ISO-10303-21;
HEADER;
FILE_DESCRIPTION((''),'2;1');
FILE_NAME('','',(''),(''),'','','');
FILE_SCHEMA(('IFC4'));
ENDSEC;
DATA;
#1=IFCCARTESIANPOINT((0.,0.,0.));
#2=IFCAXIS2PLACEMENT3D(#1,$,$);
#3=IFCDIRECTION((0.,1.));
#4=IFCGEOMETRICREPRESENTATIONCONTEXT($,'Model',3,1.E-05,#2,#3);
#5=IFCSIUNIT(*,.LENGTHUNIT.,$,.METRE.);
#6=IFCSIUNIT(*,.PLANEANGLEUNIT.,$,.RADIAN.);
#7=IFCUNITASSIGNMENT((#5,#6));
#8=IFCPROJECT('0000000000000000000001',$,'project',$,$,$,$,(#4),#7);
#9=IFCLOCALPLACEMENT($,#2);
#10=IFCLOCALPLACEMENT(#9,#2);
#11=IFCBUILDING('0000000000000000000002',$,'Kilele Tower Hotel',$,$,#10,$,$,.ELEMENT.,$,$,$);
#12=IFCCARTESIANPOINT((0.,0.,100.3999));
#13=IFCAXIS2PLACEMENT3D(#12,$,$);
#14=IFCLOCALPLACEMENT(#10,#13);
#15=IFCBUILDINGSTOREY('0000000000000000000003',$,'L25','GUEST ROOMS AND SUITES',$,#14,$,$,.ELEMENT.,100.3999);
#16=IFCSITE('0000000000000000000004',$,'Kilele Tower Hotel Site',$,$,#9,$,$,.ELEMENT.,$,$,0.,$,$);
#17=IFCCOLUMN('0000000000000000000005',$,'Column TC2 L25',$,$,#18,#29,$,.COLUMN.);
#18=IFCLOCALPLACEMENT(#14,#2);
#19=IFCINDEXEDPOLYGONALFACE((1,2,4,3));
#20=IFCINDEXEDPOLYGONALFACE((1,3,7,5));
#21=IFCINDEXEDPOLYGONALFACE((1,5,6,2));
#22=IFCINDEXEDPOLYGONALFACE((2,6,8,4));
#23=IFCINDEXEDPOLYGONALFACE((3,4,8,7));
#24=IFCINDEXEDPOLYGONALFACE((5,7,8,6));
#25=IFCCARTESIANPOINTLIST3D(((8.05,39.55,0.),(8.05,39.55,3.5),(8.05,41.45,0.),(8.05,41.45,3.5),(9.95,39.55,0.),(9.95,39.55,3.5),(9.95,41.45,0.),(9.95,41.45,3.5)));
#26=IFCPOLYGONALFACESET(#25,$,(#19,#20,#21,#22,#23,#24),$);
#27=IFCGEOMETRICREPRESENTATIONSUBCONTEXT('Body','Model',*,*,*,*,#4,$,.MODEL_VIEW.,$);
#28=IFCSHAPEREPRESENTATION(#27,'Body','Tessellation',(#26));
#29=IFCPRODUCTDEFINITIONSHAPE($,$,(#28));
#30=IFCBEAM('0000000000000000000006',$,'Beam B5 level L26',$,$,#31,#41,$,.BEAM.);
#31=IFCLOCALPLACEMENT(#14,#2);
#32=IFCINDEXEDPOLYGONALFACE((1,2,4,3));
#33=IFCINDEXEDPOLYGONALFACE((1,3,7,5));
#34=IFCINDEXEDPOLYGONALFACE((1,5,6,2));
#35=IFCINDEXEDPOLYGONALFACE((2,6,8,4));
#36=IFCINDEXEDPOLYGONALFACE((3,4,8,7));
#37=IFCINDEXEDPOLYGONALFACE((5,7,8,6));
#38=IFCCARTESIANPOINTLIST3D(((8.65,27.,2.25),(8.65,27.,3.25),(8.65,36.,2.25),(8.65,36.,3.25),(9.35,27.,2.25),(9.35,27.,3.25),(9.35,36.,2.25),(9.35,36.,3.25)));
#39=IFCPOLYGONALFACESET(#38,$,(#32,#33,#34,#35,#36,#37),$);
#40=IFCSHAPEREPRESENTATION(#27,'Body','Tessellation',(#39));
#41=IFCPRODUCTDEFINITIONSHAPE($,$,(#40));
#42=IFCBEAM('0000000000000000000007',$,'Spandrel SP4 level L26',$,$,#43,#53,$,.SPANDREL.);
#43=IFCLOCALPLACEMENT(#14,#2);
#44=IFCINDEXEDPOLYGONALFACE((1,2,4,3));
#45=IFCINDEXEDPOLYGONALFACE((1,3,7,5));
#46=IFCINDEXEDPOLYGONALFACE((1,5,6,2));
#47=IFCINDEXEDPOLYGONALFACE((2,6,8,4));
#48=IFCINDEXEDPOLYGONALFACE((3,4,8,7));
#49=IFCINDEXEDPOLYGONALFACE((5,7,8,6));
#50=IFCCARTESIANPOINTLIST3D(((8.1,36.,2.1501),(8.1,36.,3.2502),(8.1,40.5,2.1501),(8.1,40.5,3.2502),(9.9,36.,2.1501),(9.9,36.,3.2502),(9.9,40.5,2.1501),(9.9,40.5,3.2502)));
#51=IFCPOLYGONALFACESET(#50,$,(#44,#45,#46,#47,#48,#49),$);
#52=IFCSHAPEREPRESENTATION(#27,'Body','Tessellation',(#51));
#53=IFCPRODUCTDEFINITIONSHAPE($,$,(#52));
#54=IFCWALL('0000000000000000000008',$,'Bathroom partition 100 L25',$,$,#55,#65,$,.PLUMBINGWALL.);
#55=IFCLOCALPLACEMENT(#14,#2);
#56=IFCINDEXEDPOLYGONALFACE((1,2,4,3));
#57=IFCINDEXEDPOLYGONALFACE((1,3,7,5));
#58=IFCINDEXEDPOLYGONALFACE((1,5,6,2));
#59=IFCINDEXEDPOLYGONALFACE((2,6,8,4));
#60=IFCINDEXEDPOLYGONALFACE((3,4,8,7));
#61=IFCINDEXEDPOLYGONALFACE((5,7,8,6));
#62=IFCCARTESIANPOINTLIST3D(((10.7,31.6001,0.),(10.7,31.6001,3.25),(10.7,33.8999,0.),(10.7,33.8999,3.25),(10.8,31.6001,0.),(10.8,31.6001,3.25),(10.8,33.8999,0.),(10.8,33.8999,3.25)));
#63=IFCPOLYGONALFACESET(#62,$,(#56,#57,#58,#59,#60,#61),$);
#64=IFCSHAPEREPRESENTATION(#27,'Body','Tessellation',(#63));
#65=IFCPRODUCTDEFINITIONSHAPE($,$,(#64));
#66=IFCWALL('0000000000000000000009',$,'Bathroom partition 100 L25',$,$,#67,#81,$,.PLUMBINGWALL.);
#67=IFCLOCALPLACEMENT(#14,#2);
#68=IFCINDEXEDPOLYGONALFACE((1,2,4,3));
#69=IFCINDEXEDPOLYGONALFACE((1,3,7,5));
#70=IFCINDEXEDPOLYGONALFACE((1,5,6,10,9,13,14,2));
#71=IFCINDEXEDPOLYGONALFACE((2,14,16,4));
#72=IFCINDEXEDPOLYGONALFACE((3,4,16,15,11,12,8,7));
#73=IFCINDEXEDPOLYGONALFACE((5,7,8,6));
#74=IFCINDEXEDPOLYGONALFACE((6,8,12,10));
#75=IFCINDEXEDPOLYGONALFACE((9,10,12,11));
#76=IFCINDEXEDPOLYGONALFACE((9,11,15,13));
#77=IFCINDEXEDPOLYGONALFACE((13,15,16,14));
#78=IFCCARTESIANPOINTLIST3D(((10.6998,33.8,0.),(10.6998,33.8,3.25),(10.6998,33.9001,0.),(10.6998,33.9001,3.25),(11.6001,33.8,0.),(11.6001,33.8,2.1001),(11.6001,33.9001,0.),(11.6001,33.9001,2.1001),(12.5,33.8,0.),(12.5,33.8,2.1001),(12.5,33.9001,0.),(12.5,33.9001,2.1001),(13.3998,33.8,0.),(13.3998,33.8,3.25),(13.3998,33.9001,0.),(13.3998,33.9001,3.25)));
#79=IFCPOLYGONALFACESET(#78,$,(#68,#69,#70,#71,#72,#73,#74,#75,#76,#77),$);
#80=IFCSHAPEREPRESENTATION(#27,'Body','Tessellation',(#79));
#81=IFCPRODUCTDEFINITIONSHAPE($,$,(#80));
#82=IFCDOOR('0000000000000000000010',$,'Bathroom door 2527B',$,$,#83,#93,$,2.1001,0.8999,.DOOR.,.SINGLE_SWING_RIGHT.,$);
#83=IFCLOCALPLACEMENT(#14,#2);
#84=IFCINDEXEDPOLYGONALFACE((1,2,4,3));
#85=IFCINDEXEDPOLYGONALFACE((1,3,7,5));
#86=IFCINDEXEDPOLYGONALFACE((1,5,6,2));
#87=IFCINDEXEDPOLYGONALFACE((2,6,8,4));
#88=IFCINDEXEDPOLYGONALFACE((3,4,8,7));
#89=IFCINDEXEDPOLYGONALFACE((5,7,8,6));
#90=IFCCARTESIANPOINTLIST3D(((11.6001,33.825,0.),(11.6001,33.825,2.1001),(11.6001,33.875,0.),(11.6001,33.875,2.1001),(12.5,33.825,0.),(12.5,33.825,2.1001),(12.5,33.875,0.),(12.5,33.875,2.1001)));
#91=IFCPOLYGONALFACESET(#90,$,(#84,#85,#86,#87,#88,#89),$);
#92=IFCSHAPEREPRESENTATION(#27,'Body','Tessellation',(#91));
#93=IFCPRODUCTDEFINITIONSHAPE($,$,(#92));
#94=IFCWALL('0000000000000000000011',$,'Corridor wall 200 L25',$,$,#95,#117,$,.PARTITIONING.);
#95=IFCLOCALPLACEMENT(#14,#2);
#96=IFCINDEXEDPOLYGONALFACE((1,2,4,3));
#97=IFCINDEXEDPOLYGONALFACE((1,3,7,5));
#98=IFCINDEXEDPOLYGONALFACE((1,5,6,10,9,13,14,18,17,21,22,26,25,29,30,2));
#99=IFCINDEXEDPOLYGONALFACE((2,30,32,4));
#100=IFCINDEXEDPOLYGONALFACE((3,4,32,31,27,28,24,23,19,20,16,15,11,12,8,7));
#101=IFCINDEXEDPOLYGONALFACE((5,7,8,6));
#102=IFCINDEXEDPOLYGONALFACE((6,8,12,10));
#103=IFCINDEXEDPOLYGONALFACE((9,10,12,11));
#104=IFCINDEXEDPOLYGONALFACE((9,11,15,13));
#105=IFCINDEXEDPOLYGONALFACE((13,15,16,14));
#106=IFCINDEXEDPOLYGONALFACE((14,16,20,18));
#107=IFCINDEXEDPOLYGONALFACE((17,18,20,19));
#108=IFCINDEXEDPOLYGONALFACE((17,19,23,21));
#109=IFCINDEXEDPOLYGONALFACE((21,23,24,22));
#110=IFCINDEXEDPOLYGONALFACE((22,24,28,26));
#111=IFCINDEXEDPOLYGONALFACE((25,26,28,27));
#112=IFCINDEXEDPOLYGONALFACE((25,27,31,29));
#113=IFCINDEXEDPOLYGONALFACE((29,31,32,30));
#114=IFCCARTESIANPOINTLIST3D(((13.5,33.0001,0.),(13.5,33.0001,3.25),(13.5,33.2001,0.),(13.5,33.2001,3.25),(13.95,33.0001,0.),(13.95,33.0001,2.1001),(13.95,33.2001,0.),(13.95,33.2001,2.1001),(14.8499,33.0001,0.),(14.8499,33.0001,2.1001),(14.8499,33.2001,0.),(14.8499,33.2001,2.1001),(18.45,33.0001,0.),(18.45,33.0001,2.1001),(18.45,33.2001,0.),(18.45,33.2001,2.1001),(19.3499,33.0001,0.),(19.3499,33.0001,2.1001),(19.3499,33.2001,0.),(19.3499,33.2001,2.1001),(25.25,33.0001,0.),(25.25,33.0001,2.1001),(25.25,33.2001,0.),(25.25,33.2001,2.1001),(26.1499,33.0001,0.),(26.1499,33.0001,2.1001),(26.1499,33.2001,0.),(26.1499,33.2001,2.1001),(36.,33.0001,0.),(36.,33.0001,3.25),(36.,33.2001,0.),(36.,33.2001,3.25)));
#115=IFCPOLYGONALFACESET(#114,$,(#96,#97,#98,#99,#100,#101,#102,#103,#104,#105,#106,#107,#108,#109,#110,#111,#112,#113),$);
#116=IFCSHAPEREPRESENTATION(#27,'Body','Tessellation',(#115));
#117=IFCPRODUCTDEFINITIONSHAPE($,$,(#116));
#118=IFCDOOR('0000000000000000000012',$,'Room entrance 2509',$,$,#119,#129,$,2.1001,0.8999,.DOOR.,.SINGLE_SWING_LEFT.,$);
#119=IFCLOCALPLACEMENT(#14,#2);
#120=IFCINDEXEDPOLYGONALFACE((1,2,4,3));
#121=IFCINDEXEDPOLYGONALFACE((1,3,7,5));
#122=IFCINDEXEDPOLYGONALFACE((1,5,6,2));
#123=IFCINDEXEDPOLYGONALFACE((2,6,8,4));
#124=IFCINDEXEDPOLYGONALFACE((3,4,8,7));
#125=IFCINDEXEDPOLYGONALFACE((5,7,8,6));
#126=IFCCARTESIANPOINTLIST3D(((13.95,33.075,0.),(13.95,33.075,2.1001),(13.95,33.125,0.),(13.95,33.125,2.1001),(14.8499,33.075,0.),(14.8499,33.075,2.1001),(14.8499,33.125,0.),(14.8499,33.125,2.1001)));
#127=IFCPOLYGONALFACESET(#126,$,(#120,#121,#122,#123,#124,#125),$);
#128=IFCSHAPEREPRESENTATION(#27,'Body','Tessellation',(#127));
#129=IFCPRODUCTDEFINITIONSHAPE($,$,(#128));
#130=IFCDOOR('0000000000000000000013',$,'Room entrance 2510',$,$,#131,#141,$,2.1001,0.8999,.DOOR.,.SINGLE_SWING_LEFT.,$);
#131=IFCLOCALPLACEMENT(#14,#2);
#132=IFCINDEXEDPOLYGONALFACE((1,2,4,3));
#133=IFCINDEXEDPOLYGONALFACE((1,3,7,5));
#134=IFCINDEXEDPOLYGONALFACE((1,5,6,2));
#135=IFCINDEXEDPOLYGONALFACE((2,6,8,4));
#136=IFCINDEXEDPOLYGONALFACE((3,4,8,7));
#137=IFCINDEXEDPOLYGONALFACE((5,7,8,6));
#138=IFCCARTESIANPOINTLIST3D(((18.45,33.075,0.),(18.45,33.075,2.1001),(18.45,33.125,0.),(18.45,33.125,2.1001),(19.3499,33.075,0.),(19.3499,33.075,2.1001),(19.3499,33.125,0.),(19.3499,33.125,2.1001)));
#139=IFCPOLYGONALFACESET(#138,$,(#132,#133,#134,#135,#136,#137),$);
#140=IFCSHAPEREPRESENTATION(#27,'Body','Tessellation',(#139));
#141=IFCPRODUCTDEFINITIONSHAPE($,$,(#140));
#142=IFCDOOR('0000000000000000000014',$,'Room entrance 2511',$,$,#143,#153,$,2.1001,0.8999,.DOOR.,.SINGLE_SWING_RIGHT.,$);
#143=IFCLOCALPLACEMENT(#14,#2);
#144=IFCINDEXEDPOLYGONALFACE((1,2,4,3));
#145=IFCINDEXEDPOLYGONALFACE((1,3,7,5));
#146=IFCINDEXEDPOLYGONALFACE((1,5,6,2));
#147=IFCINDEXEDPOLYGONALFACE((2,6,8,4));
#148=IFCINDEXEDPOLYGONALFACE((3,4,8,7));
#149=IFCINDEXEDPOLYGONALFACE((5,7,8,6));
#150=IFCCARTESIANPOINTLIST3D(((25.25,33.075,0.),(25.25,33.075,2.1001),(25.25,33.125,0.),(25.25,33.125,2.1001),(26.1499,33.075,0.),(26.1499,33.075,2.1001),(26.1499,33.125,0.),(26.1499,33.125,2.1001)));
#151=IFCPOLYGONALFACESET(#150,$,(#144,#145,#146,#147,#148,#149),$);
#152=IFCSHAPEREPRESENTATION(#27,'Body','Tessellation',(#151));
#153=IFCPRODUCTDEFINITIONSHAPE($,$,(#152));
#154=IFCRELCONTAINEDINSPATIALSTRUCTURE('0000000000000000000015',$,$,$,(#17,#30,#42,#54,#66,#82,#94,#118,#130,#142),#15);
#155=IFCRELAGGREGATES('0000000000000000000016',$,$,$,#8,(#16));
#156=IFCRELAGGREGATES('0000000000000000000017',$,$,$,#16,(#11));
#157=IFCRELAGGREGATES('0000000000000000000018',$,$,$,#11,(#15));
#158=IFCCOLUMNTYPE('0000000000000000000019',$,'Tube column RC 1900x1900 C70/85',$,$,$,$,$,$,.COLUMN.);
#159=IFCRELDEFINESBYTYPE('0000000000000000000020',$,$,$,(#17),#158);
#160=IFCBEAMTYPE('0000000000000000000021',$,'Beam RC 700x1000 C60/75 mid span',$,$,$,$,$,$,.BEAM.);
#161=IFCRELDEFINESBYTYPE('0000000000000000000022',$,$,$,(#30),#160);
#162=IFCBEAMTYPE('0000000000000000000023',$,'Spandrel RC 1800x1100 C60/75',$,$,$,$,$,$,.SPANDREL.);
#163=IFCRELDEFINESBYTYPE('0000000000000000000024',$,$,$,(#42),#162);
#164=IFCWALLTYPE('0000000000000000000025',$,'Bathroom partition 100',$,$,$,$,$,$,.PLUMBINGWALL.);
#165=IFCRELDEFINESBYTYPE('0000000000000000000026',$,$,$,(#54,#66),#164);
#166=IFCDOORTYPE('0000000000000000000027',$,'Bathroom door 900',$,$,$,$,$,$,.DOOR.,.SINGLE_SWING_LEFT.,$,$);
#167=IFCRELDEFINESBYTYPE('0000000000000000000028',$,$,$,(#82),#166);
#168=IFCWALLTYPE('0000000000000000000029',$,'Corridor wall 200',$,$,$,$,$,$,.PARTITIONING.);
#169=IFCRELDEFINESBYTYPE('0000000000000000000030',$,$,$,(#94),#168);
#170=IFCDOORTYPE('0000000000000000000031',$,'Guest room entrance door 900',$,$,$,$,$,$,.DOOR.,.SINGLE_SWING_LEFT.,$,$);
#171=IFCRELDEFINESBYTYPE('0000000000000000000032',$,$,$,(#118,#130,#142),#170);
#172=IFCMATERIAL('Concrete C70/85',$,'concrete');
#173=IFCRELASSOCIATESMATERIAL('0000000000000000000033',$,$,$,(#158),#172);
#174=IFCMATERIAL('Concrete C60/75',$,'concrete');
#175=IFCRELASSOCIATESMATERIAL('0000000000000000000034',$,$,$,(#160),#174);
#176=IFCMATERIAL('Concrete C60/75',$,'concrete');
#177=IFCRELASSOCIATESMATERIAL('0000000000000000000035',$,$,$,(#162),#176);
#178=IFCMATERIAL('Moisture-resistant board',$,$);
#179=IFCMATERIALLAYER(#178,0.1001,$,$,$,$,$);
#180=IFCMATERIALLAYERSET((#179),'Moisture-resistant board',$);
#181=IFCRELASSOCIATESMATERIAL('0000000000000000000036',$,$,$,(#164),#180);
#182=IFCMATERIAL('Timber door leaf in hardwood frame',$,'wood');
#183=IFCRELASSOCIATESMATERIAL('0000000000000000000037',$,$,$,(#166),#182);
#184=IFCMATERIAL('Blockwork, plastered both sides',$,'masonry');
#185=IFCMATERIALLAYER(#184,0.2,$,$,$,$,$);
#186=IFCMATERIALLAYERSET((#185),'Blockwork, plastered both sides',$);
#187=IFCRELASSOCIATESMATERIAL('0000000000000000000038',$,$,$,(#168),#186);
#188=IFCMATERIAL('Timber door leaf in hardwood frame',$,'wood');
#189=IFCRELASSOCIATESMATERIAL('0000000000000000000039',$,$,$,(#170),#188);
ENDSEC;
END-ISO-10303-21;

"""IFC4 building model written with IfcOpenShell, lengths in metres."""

from ifc_helpers import new_model, si_unit, direction, frame, frame_2d, origin, origin_2d, place, context, subcontext, project, spatial, rectangle, extrude, material, layer, layer_set, material_profile, profile_set, type_object, element, fill, save


model = new_model("IFC4")

# Units and contexts
model_context = context("Model", 3, precision=1e-05, world=origin(), true_north=direction((0.0, 1.0)))
body_context = subcontext(model_context, "Body", "Model", "MODEL_VIEW")
ifc_project = project(units=[si_unit("LENGTHUNIT", "METRE"), si_unit("PLANEANGLEUNIT", "RADIAN")], contexts=[model_context])

# Site, building, storey
site_placement = place(None, origin())
site = spatial("IfcSite", under=ifc_project, at=site_placement, Name="Kilele Tower Hotel Site", CompositionType="ELEMENT", RefElevation=0.0)
building_placement = place(site_placement, origin())
building = spatial("IfcBuilding", under=site, at=building_placement, Name="Kilele Tower Hotel", CompositionType="ELEMENT")
storey_placement = place(building_placement, frame((0.0, 0.0, 100.3999)))
storey = spatial("IfcBuildingStorey", under=building, at=storey_placement, Name="L25", Description="GUEST ROOMS AND SUITES", CompositionType="ELEMENT", Elevation=100.3999)

# Column
ifc_material_1 = material(Name="Concrete C70/85", Category="concrete")
ifc_material_profile_1 = material_profile(ifc_material_1, rectangle(XDim=1.8999, YDim=1.8999, at=origin_2d()))
ifc_profile_set_1 = profile_set([ifc_material_profile_1], Name="Concrete C70/85")
column_type = type_object("IfcColumnType", Name="Tube column RC 1900x1900 C70/85", PredefinedType="COLUMN", material=ifc_profile_set_1)
column_placement = place(storey_placement, frame((9.0, 40.5, 0.0), z_axis=(0.0, 0.0, 1.0), x_axis=(1.0, 0.0, 0.0)))
element("IfcColumn", 1, at=column_placement, inside=storey, type_object=column_type, Name="Column TC2 L25", PredefinedType="COLUMN", context=body_context, shape_type="SweptSolid", body=[
    extrude(rectangle(XDim=1.8999, YDim=1.8999, at=origin_2d()), origin(), (0.0, 0.0, 1.0), 3.5),
])

# Beams
ifc_material_2 = material(Name="Concrete C60/75", Category="concrete")
ifc_material_profile_2 = material_profile(ifc_material_2, rectangle(XDim=0.7, YDim=1.0, at=origin_2d()))
ifc_profile_set_2 = profile_set([ifc_material_profile_2], Name="Concrete C60/75")
beam_type_1 = type_object("IfcBeamType", Name="Beam RC 700x1000 C60/75 mid span", PredefinedType="BEAM", material=ifc_profile_set_2)
beam_1_placement = place(storey_placement, frame((9.0, 36.0, 2.75), z_axis=(0.0, -1.0, 0.0), x_axis=(1.0, 0.0, 0.0)))
element("IfcBeam", 2, at=beam_1_placement, inside=storey, type_object=beam_type_1, Name="Beam B5 level L26", PredefinedType="BEAM", context=body_context, shape_type="SweptSolid", body=[
    extrude(rectangle(XDim=0.7, YDim=1.0, at=origin_2d()), origin(), (0.0, 0.0, 1.0), 9.0),
])
ifc_material_3 = material(Name="Concrete C60/75", Category="concrete")
ifc_material_profile_3 = material_profile(ifc_material_3, rectangle(XDim=1.8, YDim=1.1001, at=origin_2d()))
ifc_profile_set_3 = profile_set([ifc_material_profile_3], Name="Concrete C60/75")
beam_type_2 = type_object("IfcBeamType", Name="Spandrel RC 1800x1100 C60/75", PredefinedType="SPANDREL", material=ifc_profile_set_3)
beam_2_placement = place(storey_placement, frame((9.0, 40.5, 2.7002), z_axis=(0.0, -1.0, 0.0), x_axis=(1.0, 0.0, 0.0)))
element("IfcBeam", 3, at=beam_2_placement, inside=storey, type_object=beam_type_2, Name="Spandrel SP4 level L26", PredefinedType="SPANDREL", context=body_context, shape_type="SweptSolid", body=[
    extrude(rectangle(XDim=1.8, YDim=1.1001, at=origin_2d()), origin(), (0.0, 0.0, 1.0), 4.5),
])

# Wall
ifc_material_4 = material(Name="Moisture-resistant board")
ifc_layer_1 = layer(ifc_material_4, 0.1001)
ifc_layer_set_1 = layer_set([ifc_layer_1], Name="Moisture-resistant board")
wall_type_1 = type_object("IfcWallType", Name="Bathroom partition 100", PredefinedType="PLUMBINGWALL", material=ifc_layer_set_1)
wall_1_placement = place(storey_placement, frame((10.75, 31.6001, 0.0), z_axis=(0.0, 0.0, 1.0), x_axis=(0.0, 1.0, 0.0)))
element("IfcWall", 4, at=wall_1_placement, inside=storey, type_object=wall_type_1, Name="Bathroom partition 100 L25", PredefinedType="PLUMBINGWALL", context=body_context, shape_type="SweptSolid", body=[
    extrude(rectangle(XDim=2.2998, YDim=0.1001, at=frame_2d((1.1499, 0.0))), origin(), (0.0, 0.0, 1.0), 3.25),
])

# Wall, opening, door
wall_2_placement = place(storey_placement, frame((13.3999, 33.8501, 0.0), z_axis=(0.0, 0.0, 1.0), x_axis=(-1.0, 0.0, 0.0)))
wall_2 = element("IfcWall", 5, at=wall_2_placement, inside=storey, type_object=wall_type_1, Name="Bathroom partition 100 L25", PredefinedType="PLUMBINGWALL", context=body_context, shape_type="SweptSolid", body=[
    extrude(rectangle(XDim=2.7, YDim=0.1001, at=frame_2d((1.3501, 0.0))), origin(), (0.0, 0.0, 1.0), 3.25),
])
opening_1_placement = place(wall_2_placement, frame((1.7998, 0.0, 0.0), z_axis=(0.0, 0.0, 1.0), x_axis=(-1.0, 0.0, 0.0)))
opening_1 = element("IfcOpeningElement", 6, at=opening_1_placement, cuts=wall_2, PredefinedType="OPENING", context=body_context, shape_type="SweptSolid", body=[
    extrude(rectangle(XDim=0.8999, YDim=2.1001, at=frame_2d((0.45, 1.05))), frame((0.0, 0.0601, 0.0), z_axis=(0.0, -1.0, 0.0), x_axis=(1.0, 0.0, 0.0)), (0.0, 0.0, 1.0), 0.1201),
])
ifc_material_5 = material(Name="Timber door leaf in hardwood frame", Category="wood")
door_type_1 = type_object("IfcDoorType", Name="Bathroom door 900", OperationType="SINGLE_SWING_LEFT", PredefinedType="DOOR", material=ifc_material_5)
door_1_placement = place(opening_1_placement, origin())
door_1 = element("IfcDoor", 7, at=door_1_placement, inside=storey, type_object=door_type_1, Name="Bathroom door 2527B", OperationType="SINGLE_SWING_RIGHT", OverallHeight=2.1001, OverallWidth=0.8999, PredefinedType="DOOR", context=body_context, shape_type="SweptSolid", body=[
    extrude(rectangle(XDim=0.8999, YDim=2.1001, at=frame_2d((0.45, 1.05))), frame((0.0, 0.0249, 0.0), z_axis=(0.0, -1.0, 0.0), x_axis=(1.0, 0.0, 0.0)), (0.0, 0.0, 1.0), 0.05),
])
fill(opening_1, door_1)

# Wall, openings, doors
ifc_material_6 = material(Name="Blockwork, plastered both sides", Category="masonry")
ifc_layer_2 = layer(ifc_material_6, 0.2)
ifc_layer_set_2 = layer_set([ifc_layer_2], Name="Blockwork, plastered both sides")
wall_type_2 = type_object("IfcWallType", Name="Corridor wall 200", PredefinedType="PARTITIONING", material=ifc_layer_set_2)
wall_3_placement = place(storey_placement, frame((13.5, 33.1001, 0.0), z_axis=(0.0, 0.0, 1.0), x_axis=(1.0, 0.0, 0.0)))
wall_3 = element("IfcWall", 8, at=wall_3_placement, inside=storey, type_object=wall_type_2, Name="Corridor wall 200 L25", PredefinedType="PARTITIONING", context=body_context, shape_type="SweptSolid", body=[
    extrude(rectangle(XDim=22.5, YDim=0.2, at=frame_2d((11.25, 0.0))), origin(), (0.0, 0.0, 1.0), 3.25),
])
opening_2_placement = place(wall_3_placement, frame((0.45, 0.0, 0.0)))
opening_2 = element("IfcOpeningElement", 9, at=opening_2_placement, cuts=wall_3, PredefinedType="OPENING", context=body_context, shape_type="SweptSolid", body=[
    extrude(rectangle(XDim=0.8999, YDim=2.1001, at=frame_2d((0.45, 1.05))), frame((0.0, 0.1099, 0.0), z_axis=(0.0, -1.0, 0.0), x_axis=(1.0, 0.0, 0.0)), (0.0, 0.0, 1.0), 0.22),
])
opening_3_placement = place(wall_3_placement, frame((4.95, 0.0, 0.0)))
opening_3 = element("IfcOpeningElement", 10, at=opening_3_placement, cuts=wall_3, PredefinedType="OPENING", context=body_context, shape_type="SweptSolid", body=[
    extrude(rectangle(XDim=0.8999, YDim=2.1001, at=frame_2d((0.45, 1.05))), frame((0.0, 0.1099, 0.0), z_axis=(0.0, -1.0, 0.0), x_axis=(1.0, 0.0, 0.0)), (0.0, 0.0, 1.0), 0.22),
])
opening_4_placement = place(wall_3_placement, frame((11.75, 0.0, 0.0)))
opening_4 = element("IfcOpeningElement", 11, at=opening_4_placement, cuts=wall_3, PredefinedType="OPENING", context=body_context, shape_type="SweptSolid", body=[
    extrude(rectangle(XDim=0.8999, YDim=2.1001, at=frame_2d((0.45, 1.05))), frame((0.0, 0.1099, 0.0), z_axis=(0.0, -1.0, 0.0), x_axis=(1.0, 0.0, 0.0)), (0.0, 0.0, 1.0), 0.22),
])
ifc_material_7 = material(Name="Timber door leaf in hardwood frame", Category="wood")
door_type_2 = type_object("IfcDoorType", Name="Guest room entrance door 900", OperationType="SINGLE_SWING_LEFT", PredefinedType="DOOR", material=ifc_material_7)
door_2_placement = place(opening_2_placement, origin())
door_2 = element("IfcDoor", 12, at=door_2_placement, inside=storey, type_object=door_type_2, Name="Room entrance 2509", OperationType="SINGLE_SWING_LEFT", OverallHeight=2.1001, OverallWidth=0.8999, PredefinedType="DOOR", context=body_context, shape_type="SweptSolid", body=[
    extrude(rectangle(XDim=0.8999, YDim=2.1001, at=frame_2d((0.45, 1.05))), frame((0.0, 0.0249, 0.0), z_axis=(0.0, -1.0, 0.0), x_axis=(1.0, 0.0, 0.0)), (0.0, 0.0, 1.0), 0.05),
])
fill(opening_2, door_2)
door_3_placement = place(opening_3_placement, origin())
door_3 = element("IfcDoor", 13, at=door_3_placement, inside=storey, type_object=door_type_2, Name="Room entrance 2510", OperationType="SINGLE_SWING_LEFT", OverallHeight=2.1001, OverallWidth=0.8999, PredefinedType="DOOR", context=body_context, shape_type="SweptSolid", body=[
    extrude(rectangle(XDim=0.8999, YDim=2.1001, at=frame_2d((0.45, 1.05))), frame((0.0, 0.0249, 0.0), z_axis=(0.0, -1.0, 0.0), x_axis=(1.0, 0.0, 0.0)), (0.0, 0.0, 1.0), 0.05),
])
fill(opening_3, door_3)
door_4_placement = place(opening_4_placement, origin())
door_4 = element("IfcDoor", 14, at=door_4_placement, inside=storey, type_object=door_type_2, Name="Room entrance 2511", OperationType="SINGLE_SWING_RIGHT", OverallHeight=2.1001, OverallWidth=0.8999, PredefinedType="DOOR", context=body_context, shape_type="SweptSolid", body=[
    extrude(rectangle(XDim=0.8999, YDim=2.1001, at=frame_2d((0.45, 1.05))), frame((0.0, 0.0249, 0.0), z_axis=(0.0, -1.0, 0.0), x_axis=(1.0, 0.0, 0.0)), (0.0, 0.0, 1.0), 0.05),
])
fill(opening_4, door_4)

save(model, "model.ifc")
